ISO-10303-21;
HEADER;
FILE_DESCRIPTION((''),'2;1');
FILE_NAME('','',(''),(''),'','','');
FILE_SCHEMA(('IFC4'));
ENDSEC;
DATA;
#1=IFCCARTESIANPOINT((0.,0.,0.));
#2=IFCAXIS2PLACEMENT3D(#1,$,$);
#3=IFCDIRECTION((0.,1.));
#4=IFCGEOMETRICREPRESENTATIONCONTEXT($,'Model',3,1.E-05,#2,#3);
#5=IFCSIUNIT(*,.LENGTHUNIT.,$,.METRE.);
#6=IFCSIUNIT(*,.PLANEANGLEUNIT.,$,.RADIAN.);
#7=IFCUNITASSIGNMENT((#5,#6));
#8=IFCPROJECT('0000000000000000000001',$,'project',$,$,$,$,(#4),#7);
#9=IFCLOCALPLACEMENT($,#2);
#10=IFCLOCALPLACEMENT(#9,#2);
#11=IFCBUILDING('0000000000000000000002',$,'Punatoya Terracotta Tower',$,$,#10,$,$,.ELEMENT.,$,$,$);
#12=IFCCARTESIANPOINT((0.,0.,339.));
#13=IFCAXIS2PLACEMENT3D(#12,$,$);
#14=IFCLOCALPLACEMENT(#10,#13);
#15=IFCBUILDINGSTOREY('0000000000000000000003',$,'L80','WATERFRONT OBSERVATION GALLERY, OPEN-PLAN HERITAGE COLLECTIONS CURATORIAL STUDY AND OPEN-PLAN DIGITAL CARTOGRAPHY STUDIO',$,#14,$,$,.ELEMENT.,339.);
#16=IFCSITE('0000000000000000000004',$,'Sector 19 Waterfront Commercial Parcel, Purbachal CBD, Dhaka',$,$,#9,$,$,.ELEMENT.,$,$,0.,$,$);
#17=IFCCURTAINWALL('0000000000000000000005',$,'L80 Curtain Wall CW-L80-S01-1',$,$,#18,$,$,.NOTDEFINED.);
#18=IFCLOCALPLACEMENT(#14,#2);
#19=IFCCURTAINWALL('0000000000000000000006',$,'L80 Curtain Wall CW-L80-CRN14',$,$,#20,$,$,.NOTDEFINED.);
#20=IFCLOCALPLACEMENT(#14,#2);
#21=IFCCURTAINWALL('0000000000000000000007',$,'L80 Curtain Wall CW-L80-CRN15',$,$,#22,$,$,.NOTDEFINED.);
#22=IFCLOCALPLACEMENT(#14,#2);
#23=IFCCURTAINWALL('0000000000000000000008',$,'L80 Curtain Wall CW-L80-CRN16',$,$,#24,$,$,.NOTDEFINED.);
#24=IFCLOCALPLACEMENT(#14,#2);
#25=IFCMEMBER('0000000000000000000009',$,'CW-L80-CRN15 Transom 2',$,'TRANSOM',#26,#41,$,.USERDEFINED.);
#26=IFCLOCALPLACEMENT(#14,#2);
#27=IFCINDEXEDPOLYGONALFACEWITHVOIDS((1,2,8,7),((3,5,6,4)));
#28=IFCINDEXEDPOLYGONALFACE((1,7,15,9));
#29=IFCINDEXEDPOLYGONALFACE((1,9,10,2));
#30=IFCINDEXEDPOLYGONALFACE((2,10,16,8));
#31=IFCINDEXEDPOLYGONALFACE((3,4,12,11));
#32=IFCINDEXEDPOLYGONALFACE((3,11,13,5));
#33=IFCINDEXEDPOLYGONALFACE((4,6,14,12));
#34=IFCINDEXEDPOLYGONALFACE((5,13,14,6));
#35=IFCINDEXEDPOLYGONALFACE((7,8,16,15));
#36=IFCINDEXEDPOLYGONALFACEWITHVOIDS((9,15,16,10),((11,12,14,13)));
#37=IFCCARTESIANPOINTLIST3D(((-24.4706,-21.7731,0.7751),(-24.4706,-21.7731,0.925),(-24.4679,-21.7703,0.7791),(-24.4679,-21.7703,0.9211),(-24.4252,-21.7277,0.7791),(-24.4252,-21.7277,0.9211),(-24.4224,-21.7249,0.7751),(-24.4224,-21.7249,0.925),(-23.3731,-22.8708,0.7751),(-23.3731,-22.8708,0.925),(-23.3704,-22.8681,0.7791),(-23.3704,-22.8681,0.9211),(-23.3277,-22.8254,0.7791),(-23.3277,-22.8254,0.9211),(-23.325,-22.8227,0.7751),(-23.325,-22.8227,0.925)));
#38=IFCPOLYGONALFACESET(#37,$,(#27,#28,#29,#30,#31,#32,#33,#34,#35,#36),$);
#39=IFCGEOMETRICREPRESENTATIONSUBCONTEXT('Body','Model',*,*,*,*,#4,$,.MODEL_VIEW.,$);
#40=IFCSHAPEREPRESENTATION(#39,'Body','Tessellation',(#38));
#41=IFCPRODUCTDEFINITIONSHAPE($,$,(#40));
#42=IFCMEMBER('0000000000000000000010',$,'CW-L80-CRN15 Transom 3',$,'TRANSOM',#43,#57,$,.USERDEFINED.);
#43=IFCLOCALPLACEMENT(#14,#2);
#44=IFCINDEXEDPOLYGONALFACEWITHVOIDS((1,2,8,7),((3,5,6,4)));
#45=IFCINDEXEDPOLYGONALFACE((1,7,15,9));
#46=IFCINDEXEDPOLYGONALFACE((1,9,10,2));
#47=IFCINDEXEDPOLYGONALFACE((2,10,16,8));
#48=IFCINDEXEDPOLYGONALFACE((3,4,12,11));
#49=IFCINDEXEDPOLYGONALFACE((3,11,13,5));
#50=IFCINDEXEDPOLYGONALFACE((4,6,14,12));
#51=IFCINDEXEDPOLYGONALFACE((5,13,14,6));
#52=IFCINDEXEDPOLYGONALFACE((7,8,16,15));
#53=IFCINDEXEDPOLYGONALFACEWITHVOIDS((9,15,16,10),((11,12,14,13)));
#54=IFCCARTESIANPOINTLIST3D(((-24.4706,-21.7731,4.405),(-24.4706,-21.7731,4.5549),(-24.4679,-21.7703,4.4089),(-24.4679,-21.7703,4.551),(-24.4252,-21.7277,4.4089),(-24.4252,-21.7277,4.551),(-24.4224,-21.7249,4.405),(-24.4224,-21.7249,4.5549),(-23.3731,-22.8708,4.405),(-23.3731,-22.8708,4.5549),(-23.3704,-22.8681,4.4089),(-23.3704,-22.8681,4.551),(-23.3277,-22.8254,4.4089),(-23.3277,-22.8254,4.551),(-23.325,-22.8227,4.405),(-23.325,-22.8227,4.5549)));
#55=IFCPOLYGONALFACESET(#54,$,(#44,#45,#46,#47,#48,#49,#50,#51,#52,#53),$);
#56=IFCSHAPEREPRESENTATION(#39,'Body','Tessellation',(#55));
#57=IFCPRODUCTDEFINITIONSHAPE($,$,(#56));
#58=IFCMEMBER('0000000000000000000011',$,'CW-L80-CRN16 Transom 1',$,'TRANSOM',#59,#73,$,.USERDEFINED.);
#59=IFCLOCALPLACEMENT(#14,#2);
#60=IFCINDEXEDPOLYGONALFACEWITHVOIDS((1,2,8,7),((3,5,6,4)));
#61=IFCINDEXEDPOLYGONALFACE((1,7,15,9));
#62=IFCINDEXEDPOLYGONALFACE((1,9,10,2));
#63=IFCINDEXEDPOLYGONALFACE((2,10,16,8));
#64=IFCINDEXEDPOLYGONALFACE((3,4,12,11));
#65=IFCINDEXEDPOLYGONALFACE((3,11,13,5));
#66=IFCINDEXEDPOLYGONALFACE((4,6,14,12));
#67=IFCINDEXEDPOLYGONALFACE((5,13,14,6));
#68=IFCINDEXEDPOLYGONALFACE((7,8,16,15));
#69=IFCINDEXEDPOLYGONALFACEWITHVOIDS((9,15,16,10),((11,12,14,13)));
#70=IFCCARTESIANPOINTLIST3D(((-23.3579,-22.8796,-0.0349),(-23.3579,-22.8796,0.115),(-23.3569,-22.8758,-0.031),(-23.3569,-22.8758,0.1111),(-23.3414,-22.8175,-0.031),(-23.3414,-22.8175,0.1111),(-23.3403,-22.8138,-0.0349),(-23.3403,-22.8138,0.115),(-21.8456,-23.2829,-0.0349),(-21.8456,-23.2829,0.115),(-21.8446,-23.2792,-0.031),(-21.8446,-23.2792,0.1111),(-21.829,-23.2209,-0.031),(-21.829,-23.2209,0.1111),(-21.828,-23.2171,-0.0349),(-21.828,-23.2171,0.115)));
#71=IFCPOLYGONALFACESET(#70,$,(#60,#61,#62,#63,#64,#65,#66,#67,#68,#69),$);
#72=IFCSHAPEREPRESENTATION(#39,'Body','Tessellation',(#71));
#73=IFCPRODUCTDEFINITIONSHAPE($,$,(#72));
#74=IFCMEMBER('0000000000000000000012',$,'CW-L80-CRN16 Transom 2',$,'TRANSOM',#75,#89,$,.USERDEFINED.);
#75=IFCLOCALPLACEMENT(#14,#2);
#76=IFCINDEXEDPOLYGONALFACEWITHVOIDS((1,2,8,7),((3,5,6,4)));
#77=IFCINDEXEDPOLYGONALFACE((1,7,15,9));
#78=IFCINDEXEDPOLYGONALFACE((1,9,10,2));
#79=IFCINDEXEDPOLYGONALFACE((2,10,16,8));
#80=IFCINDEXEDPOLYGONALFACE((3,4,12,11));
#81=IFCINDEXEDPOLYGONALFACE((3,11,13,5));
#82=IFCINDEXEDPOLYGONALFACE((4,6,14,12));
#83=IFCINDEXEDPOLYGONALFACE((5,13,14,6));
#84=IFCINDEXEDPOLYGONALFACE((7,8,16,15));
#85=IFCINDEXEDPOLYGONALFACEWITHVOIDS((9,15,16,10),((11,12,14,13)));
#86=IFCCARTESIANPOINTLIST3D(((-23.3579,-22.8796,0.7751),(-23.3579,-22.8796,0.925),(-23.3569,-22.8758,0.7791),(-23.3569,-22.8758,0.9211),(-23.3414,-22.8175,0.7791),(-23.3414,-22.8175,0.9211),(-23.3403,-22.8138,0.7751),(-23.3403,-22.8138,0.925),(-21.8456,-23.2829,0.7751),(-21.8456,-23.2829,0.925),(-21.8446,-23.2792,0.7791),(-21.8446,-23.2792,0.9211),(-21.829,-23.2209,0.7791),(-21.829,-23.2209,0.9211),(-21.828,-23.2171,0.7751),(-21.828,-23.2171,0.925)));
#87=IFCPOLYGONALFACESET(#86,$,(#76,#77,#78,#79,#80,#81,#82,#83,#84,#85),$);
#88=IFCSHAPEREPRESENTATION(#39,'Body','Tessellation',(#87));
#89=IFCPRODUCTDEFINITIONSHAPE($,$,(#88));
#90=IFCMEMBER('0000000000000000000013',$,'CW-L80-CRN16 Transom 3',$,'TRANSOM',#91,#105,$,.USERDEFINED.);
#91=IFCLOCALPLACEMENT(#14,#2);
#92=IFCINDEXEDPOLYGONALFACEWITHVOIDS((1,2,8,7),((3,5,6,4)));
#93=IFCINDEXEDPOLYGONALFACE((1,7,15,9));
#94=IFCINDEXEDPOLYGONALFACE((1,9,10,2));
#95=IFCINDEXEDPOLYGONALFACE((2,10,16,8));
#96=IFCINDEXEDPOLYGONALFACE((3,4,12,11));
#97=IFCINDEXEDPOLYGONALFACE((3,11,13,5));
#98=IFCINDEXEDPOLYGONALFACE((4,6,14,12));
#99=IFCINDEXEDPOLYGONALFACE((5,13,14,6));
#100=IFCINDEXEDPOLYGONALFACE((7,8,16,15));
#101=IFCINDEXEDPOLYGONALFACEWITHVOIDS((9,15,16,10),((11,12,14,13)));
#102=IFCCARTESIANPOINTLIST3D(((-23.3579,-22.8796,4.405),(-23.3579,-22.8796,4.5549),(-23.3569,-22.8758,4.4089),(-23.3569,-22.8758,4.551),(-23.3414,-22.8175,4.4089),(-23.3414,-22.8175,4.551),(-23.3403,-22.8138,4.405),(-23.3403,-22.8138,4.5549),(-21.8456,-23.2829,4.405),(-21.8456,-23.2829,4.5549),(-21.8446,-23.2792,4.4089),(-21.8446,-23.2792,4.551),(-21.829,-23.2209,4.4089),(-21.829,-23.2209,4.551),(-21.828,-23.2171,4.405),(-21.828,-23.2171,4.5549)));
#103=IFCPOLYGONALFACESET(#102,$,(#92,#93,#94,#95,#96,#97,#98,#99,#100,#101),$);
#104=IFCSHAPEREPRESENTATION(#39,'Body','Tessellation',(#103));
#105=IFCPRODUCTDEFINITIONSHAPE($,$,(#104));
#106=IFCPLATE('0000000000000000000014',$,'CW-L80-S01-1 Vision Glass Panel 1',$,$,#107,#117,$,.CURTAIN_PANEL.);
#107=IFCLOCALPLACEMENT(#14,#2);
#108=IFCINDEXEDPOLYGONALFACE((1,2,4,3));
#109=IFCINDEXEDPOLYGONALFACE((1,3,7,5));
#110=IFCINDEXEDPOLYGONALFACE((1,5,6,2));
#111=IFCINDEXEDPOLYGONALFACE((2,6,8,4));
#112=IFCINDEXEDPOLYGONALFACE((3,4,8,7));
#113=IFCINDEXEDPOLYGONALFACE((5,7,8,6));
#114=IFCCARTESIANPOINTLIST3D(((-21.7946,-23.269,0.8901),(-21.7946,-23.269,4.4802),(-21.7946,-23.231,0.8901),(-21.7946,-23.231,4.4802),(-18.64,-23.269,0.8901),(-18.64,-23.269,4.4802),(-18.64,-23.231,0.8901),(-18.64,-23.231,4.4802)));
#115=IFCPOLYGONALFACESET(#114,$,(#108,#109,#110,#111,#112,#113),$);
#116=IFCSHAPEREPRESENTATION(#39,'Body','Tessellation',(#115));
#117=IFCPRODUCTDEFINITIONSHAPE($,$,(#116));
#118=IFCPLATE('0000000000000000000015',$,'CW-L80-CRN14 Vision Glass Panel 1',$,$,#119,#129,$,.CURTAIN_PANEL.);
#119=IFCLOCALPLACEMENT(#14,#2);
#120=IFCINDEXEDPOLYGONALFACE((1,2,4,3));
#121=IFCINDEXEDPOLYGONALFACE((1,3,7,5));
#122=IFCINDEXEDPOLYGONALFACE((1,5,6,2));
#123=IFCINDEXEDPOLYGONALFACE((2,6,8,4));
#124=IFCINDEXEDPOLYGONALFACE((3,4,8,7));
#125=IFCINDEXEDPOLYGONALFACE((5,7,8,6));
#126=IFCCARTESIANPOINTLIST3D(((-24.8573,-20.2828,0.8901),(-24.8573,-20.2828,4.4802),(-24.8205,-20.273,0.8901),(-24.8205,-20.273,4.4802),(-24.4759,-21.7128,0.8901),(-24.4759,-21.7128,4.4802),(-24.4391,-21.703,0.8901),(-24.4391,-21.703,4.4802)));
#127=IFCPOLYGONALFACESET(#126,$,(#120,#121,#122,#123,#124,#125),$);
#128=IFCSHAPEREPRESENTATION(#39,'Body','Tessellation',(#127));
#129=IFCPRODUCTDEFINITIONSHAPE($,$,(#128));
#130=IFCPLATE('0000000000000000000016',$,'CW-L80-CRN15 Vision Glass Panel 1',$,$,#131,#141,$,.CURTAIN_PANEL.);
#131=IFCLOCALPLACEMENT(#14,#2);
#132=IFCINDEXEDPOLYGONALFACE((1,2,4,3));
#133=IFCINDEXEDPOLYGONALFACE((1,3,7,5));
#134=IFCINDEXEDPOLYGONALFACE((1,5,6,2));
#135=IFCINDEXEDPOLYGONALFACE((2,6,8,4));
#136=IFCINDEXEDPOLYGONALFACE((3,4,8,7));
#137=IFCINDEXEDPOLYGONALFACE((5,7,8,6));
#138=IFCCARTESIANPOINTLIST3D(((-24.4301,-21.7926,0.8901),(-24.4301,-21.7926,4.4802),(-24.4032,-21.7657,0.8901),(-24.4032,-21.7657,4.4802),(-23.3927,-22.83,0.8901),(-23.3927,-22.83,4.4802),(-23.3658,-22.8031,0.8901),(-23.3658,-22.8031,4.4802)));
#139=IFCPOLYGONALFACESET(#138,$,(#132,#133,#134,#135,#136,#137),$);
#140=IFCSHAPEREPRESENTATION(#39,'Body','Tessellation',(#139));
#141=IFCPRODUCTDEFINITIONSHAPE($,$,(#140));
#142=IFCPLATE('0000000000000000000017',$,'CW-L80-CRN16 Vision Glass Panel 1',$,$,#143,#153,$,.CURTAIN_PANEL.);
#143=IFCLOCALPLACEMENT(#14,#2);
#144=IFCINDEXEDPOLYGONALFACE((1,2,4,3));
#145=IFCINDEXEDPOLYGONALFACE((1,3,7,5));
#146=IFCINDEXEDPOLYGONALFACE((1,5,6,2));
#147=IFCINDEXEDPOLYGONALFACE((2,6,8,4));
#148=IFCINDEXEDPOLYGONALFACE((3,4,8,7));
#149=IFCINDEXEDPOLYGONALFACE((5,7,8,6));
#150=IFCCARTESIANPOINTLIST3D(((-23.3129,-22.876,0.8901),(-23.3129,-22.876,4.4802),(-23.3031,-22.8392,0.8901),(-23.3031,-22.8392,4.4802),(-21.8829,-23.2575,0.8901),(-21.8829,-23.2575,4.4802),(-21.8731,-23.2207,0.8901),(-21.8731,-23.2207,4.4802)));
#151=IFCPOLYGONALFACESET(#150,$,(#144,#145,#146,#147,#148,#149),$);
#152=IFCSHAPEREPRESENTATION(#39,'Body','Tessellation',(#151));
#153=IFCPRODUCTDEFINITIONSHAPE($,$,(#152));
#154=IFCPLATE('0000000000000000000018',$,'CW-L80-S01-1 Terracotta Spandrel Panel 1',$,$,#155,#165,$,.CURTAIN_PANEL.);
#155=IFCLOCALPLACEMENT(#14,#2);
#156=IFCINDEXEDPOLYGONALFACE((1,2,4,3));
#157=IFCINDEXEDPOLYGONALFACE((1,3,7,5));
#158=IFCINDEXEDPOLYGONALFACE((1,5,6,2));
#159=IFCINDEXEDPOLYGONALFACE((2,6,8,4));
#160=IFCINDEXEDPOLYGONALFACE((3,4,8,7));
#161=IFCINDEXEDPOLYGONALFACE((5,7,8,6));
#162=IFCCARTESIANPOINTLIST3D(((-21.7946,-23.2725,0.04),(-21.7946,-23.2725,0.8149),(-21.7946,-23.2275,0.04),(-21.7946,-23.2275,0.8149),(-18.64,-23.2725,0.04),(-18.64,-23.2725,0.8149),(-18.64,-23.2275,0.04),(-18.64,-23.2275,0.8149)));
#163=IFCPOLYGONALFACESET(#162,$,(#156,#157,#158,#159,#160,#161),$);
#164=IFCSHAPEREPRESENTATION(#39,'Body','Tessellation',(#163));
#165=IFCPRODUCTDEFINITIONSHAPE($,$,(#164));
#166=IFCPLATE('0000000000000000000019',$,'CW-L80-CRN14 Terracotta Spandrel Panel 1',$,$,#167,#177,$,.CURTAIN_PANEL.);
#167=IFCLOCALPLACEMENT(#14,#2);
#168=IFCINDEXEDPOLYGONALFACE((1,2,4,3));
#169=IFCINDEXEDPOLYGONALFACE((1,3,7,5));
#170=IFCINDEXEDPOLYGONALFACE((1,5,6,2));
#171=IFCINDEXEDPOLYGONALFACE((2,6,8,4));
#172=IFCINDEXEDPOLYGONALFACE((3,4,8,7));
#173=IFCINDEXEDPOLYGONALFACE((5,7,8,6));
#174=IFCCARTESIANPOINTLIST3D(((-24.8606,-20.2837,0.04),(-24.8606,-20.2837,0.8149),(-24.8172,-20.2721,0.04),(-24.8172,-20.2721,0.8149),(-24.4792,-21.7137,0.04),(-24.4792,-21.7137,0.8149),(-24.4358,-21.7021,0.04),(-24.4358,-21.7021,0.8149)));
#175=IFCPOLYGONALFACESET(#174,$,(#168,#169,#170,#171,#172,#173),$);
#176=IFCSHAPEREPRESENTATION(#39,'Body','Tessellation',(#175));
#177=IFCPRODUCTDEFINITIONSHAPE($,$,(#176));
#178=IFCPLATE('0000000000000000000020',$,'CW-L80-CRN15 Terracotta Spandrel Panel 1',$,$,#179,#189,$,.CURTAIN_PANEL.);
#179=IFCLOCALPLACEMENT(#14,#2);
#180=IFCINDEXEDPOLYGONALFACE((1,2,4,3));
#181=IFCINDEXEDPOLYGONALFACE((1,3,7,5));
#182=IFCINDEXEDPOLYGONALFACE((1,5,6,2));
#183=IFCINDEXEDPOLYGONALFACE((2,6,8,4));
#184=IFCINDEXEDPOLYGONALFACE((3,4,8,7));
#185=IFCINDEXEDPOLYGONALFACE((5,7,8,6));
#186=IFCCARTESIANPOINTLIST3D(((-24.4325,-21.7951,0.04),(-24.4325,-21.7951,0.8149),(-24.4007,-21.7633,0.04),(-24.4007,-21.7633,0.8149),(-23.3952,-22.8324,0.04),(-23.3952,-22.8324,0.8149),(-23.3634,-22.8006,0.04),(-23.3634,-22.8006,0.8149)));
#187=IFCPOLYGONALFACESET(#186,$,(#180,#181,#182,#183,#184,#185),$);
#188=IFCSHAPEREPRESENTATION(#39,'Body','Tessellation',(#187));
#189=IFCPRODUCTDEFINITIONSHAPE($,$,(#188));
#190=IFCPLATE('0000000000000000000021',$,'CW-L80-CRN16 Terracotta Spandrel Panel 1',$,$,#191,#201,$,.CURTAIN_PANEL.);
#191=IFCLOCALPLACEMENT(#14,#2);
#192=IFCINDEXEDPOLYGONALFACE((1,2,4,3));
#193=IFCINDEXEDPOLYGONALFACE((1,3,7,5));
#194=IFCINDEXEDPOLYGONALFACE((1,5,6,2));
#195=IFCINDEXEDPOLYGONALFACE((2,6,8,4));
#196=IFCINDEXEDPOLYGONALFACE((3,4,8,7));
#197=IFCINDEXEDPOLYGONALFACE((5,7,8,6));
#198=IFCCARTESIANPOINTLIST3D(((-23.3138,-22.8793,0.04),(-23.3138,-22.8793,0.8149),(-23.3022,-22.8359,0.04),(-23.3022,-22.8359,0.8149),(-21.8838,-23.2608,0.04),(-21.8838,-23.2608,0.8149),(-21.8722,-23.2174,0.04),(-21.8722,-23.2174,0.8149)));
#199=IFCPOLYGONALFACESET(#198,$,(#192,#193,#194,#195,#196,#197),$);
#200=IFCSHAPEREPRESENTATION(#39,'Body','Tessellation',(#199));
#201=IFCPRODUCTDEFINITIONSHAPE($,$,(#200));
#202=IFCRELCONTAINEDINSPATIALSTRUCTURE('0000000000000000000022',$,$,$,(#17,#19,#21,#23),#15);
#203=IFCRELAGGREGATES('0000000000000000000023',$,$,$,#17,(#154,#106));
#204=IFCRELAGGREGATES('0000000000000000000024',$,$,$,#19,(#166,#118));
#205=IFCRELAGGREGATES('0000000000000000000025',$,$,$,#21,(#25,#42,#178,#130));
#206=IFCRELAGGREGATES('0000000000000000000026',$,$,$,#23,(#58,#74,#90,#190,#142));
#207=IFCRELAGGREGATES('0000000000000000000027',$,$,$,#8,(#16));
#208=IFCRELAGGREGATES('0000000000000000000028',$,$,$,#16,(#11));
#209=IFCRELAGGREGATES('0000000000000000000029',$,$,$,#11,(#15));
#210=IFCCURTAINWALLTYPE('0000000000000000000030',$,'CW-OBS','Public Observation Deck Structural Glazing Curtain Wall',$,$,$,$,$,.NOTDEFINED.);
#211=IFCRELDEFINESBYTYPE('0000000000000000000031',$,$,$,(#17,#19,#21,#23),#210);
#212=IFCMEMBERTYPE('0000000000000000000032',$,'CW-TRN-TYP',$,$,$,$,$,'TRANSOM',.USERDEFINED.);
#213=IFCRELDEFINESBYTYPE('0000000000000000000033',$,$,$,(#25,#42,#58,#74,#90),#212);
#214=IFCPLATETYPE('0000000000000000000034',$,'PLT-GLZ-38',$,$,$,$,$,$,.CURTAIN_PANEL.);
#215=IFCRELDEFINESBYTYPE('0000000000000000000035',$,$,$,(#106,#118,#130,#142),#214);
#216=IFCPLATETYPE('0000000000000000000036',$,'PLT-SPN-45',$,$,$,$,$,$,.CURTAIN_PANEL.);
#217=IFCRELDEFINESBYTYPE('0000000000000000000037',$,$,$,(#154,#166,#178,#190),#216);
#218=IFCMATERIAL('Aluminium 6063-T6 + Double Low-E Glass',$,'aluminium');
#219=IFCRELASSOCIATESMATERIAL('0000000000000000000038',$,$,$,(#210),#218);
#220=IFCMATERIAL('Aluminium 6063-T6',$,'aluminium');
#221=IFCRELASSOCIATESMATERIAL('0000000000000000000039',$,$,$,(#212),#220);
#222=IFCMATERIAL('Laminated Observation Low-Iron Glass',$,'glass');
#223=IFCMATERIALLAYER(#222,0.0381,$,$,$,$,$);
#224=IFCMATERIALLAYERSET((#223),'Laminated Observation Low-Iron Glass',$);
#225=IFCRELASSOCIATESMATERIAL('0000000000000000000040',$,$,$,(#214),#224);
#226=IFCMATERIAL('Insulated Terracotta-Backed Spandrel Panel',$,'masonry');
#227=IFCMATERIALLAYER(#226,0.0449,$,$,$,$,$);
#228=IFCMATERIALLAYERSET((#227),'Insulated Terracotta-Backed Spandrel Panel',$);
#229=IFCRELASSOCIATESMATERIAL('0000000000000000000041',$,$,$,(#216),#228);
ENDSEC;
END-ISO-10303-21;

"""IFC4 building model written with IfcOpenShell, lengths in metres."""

from ifc_helpers import new_model, si_unit, direction, frame, origin, origin_2d, place, context, subcontext, project, spatial, rectangle, hollow_rectangle, extrude, material, layer, layer_set, material_profile, profile_set, type_object, element, aggregate, save


model = new_model("IFC4")

# Units and contexts
model_context = context("Model", 3, precision=1e-05, world=origin(), true_north=direction((0.0, 1.0)))
body_context = subcontext(model_context, "Body", "Model", "MODEL_VIEW")
ifc_project = project(units=[si_unit("LENGTHUNIT", "METRE"), si_unit("PLANEANGLEUNIT", "RADIAN")], contexts=[model_context])

# Site, building, storey
site_placement = place(None, origin())
site = spatial("IfcSite", under=ifc_project, at=site_placement, Name="Sector 19 Waterfront Commercial Parcel, Purbachal CBD, Dhaka", CompositionType="ELEMENT", RefElevation=0.0)
building_placement = place(site_placement, origin())
building = spatial("IfcBuilding", under=site, at=building_placement, Name="Punatoya Terracotta Tower", CompositionType="ELEMENT")
storey_placement = place(building_placement, frame((0.0, 0.0, 339.0)))
storey = spatial("IfcBuildingStorey", under=building, at=storey_placement, Name="L80", Description="WATERFRONT OBSERVATION GALLERY, OPEN-PLAN HERITAGE COLLECTIONS CURATORIAL STUDY AND OPEN-PLAN DIGITAL CARTOGRAPHY STUDIO", CompositionType="ELEMENT", Elevation=339.0)

# Curtain wall
ifc_material_1 = material(Name="Aluminium 6063-T6 + Double Low-E Glass", Category="aluminium")
curtain_wall_type = type_object("IfcCurtainWallType", Name="CW-OBS", Description="Public Observation Deck Structural Glazing Curtain Wall", PredefinedType="NOTDEFINED", material=ifc_material_1)
curtain_wall_1_placement = place(storey_placement, origin())
curtain_wall_1 = element("IfcCurtainWall", 1, at=curtain_wall_1_placement, inside=storey, type_object=curtain_wall_type, Name="L80 Curtain Wall CW-L80-S01-1", PredefinedType="NOTDEFINED")
ifc_material_2 = material(Name="Aluminium 6063-T6", Category="aluminium")

# Curtain walls
curtain_wall_2_placement = place(storey_placement, origin())
curtain_wall_2 = element("IfcCurtainWall", 2, at=curtain_wall_2_placement, inside=storey, type_object=curtain_wall_type, Name="L80 Curtain Wall CW-L80-CRN14", PredefinedType="NOTDEFINED")
curtain_wall_3_placement = place(storey_placement, origin())
curtain_wall_3 = element("IfcCurtainWall", 3, at=curtain_wall_3_placement, inside=storey, type_object=curtain_wall_type, Name="L80 Curtain Wall CW-L80-CRN15", PredefinedType="NOTDEFINED")
curtain_wall_4_placement = place(storey_placement, origin())
curtain_wall_4 = element("IfcCurtainWall", 4, at=curtain_wall_4_placement, inside=storey, type_object=curtain_wall_type, Name="L80 Curtain Wall CW-L80-CRN16", PredefinedType="NOTDEFINED")

# Members
ifc_material_profile_1 = material_profile(ifc_material_2, hollow_rectangle(XDim=0.0681, YDim=0.1499, WallThickness=0.0039, at=origin_2d()))
ifc_profile_set_1 = profile_set([ifc_material_profile_1], Name="Aluminium 6063-T6")
member_type_1 = type_object("IfcMemberType", Name="CW-TRN-TYP", ElementType="TRANSOM", PredefinedType="USERDEFINED", material=ifc_profile_set_1)
member_1_placement = place(storey_placement, frame((-24.4465, -21.749, 0.8501), z_axis=(0.707028, -0.707185, 0.0), x_axis=(0.707185, 0.707028, 0.0)))
member_1 = element("IfcMember", 5, at=member_1_placement, type_object=member_type_1, Name="CW-L80-CRN15 Transom 2", ObjectType="TRANSOM", PredefinedType="USERDEFINED", context=body_context, shape_type="SweptSolid", body=[
    extrude(hollow_rectangle(XDim=0.0681, YDim=0.1499, WallThickness=0.0039, at=origin_2d()), origin(), (0.0, 0.0, 1.0), 1.5522),
])
member_2_placement = place(storey_placement, frame((-24.4465, -21.749, 4.48), z_axis=(0.707028, -0.707185, 0.0), x_axis=(0.707185, 0.707028, 0.0)))
member_2 = element("IfcMember", 6, at=member_2_placement, type_object=member_type_1, Name="CW-L80-CRN15 Transom 3", ObjectType="TRANSOM", PredefinedType="USERDEFINED", context=body_context, shape_type="SweptSolid", body=[
    extrude(hollow_rectangle(XDim=0.0681, YDim=0.1499, WallThickness=0.0039, at=origin_2d()), origin(), (0.0, 0.0, 1.0), 1.5522),
])
member_3_placement = place(storey_placement, frame((-23.3491, -22.8467, 0.04), z_axis=(0.966225, -0.257701, 0.0), x_axis=(0.257701, 0.966225, 0.0)))
member_3 = element("IfcMember", 7, at=member_3_placement, type_object=member_type_1, Name="CW-L80-CRN16 Transom 1", ObjectType="TRANSOM", PredefinedType="USERDEFINED", context=body_context, shape_type="SweptSolid", body=[
    extrude(hollow_rectangle(XDim=0.0681, YDim=0.1499, WallThickness=0.0039, at=origin_2d()), origin(), (0.0, 0.0, 1.0), 1.5652),
])
member_4_placement = place(storey_placement, frame((-23.3491, -22.8467, 0.8501), z_axis=(0.966225, -0.257701, 0.0), x_axis=(0.257701, 0.966225, 0.0)))
member_4 = element("IfcMember", 8, at=member_4_placement, type_object=member_type_1, Name="CW-L80-CRN16 Transom 2", ObjectType="TRANSOM", PredefinedType="USERDEFINED", context=body_context, shape_type="SweptSolid", body=[
    extrude(hollow_rectangle(XDim=0.0681, YDim=0.1499, WallThickness=0.0039, at=origin_2d()), origin(), (0.0, 0.0, 1.0), 1.5652),
])
member_5_placement = place(storey_placement, frame((-23.3491, -22.8467, 4.48), z_axis=(0.966225, -0.257701, 0.0), x_axis=(0.257701, 0.966225, 0.0)))
member_5 = element("IfcMember", 9, at=member_5_placement, type_object=member_type_1, Name="CW-L80-CRN16 Transom 3", ObjectType="TRANSOM", PredefinedType="USERDEFINED", context=body_context, shape_type="SweptSolid", body=[
    extrude(hollow_rectangle(XDim=0.0681, YDim=0.1499, WallThickness=0.0039, at=origin_2d()), origin(), (0.0, 0.0, 1.0), 1.5652),
])

# Plates
ifc_material_3 = material(Name="Laminated Observation Low-Iron Glass", Category="glass")
ifc_layer_1 = layer(ifc_material_3, 0.0381)
ifc_layer_set_1 = layer_set([ifc_layer_1], Name="Laminated Observation Low-Iron Glass")
plate_type_1 = type_object("IfcPlateType", Name="PLT-GLZ-38", PredefinedType="CURTAIN_PANEL", material=ifc_layer_set_1)
plate_1_placement = place(storey_placement, frame((-20.2173, -23.25, 0.8901), z_axis=(0.0, 0.0, 1.0), x_axis=(1.0, 0.0, 0.0)))
plate_1 = element("IfcPlate", 10, at=plate_1_placement, type_object=plate_type_1, Name="CW-L80-S01-1 Vision Glass Panel 1", PredefinedType="CURTAIN_PANEL", context=body_context, shape_type="SweptSolid", body=[
    extrude(rectangle(XDim=3.1545, YDim=0.0381, at=origin_2d()), origin(), (0.0, 0.0, 1.0), 3.5901),
])
plate_2_placement = place(storey_placement, frame((-24.6482, -20.9929, 0.8901), z_axis=(0.0, 0.0, 1.0), x_axis=(0.257742, -0.966214, 0.0)))
plate_2 = element("IfcPlate", 11, at=plate_2_placement, type_object=plate_type_1, Name="CW-L80-CRN14 Vision Glass Panel 1", PredefinedType="CURTAIN_PANEL", context=body_context, shape_type="SweptSolid", body=[
    extrude(rectangle(XDim=1.48, YDim=0.0381, at=origin_2d()), origin(), (0.0, 0.0, 1.0), 3.5901),
])
plate_3_placement = place(storey_placement, frame((-23.8979, -22.2979, 0.8901), z_axis=(0.0, 0.0, 1.0), x_axis=(0.707107, -0.707107, 0.0)))
plate_3 = element("IfcPlate", 12, at=plate_3_placement, type_object=plate_type_1, Name="CW-L80-CRN15 Vision Glass Panel 1", PredefinedType="CURTAIN_PANEL", context=body_context, shape_type="SweptSolid", body=[
    extrude(rectangle(XDim=1.467, YDim=0.0381, at=origin_2d()), origin(), (0.0, 0.0, 1.0), 3.5901),
])
plate_4_placement = place(storey_placement, frame((-22.593, -23.0483, 0.8901), z_axis=(0.0, 0.0, 1.0), x_axis=(0.966214, -0.257742, 0.0)))
plate_4 = element("IfcPlate", 13, at=plate_4_placement, type_object=plate_type_1, Name="CW-L80-CRN16 Vision Glass Panel 1", PredefinedType="CURTAIN_PANEL", context=body_context, shape_type="SweptSolid", body=[
    extrude(rectangle(XDim=1.48, YDim=0.0381, at=origin_2d()), origin(), (0.0, 0.0, 1.0), 3.5901),
])
ifc_material_4 = material(Name="Insulated Terracotta-Backed Spandrel Panel", Category="masonry")
ifc_layer_2 = layer(ifc_material_4, 0.0449)
ifc_layer_set_2 = layer_set([ifc_layer_2], Name="Insulated Terracotta-Backed Spandrel Panel")
plate_type_2 = type_object("IfcPlateType", Name="PLT-SPN-45", PredefinedType="CURTAIN_PANEL", material=ifc_layer_set_2)
plate_5_placement = place(storey_placement, frame((-20.2173, -23.25, 0.04), z_axis=(0.0, 0.0, 1.0), x_axis=(1.0, 0.0, 0.0)))
plate_5 = element("IfcPlate", 14, at=plate_5_placement, type_object=plate_type_2, Name="CW-L80-S01-1 Terracotta Spandrel Panel 1", PredefinedType="CURTAIN_PANEL", context=body_context, shape_type="SweptSolid", body=[
    extrude(rectangle(XDim=3.1545, YDim=0.0449, at=origin_2d()), origin(), (0.0, 0.0, 1.0), 0.7749),
])
aggregate(curtain_wall_1, [plate_5, plate_1])
plate_6_placement = place(storey_placement, frame((-24.6482, -20.9929, 0.04), z_axis=(0.0, 0.0, 1.0), x_axis=(0.257742, -0.966214, 0.0)))
plate_6 = element("IfcPlate", 15, at=plate_6_placement, type_object=plate_type_2, Name="CW-L80-CRN14 Terracotta Spandrel Panel 1", PredefinedType="CURTAIN_PANEL", context=body_context, shape_type="SweptSolid", body=[
    extrude(rectangle(XDim=1.48, YDim=0.0449, at=origin_2d()), origin(), (0.0, 0.0, 1.0), 0.7749),
])
aggregate(curtain_wall_2, [plate_6, plate_2])
plate_7_placement = place(storey_placement, frame((-23.8979, -22.2979, 0.04), z_axis=(0.0, 0.0, 1.0), x_axis=(0.707107, -0.707107, 0.0)))
plate_7 = element("IfcPlate", 16, at=plate_7_placement, type_object=plate_type_2, Name="CW-L80-CRN15 Terracotta Spandrel Panel 1", PredefinedType="CURTAIN_PANEL", context=body_context, shape_type="SweptSolid", body=[
    extrude(rectangle(XDim=1.467, YDim=0.0449, at=origin_2d()), origin(), (0.0, 0.0, 1.0), 0.7749),
])
aggregate(curtain_wall_3, [member_1, member_2, plate_7, plate_3])
plate_8_placement = place(storey_placement, frame((-22.593, -23.0483, 0.04), z_axis=(0.0, 0.0, 1.0), x_axis=(0.966214, -0.257742, 0.0)))
plate_8 = element("IfcPlate", 17, at=plate_8_placement, type_object=plate_type_2, Name="CW-L80-CRN16 Terracotta Spandrel Panel 1", PredefinedType="CURTAIN_PANEL", context=body_context, shape_type="SweptSolid", body=[
    extrude(rectangle(XDim=1.48, YDim=0.0449, at=origin_2d()), origin(), (0.0, 0.0, 1.0), 0.7749),
])
aggregate(curtain_wall_4, [member_3, member_4, member_5, plate_8, plate_4])

save(model, "model.ifc")
